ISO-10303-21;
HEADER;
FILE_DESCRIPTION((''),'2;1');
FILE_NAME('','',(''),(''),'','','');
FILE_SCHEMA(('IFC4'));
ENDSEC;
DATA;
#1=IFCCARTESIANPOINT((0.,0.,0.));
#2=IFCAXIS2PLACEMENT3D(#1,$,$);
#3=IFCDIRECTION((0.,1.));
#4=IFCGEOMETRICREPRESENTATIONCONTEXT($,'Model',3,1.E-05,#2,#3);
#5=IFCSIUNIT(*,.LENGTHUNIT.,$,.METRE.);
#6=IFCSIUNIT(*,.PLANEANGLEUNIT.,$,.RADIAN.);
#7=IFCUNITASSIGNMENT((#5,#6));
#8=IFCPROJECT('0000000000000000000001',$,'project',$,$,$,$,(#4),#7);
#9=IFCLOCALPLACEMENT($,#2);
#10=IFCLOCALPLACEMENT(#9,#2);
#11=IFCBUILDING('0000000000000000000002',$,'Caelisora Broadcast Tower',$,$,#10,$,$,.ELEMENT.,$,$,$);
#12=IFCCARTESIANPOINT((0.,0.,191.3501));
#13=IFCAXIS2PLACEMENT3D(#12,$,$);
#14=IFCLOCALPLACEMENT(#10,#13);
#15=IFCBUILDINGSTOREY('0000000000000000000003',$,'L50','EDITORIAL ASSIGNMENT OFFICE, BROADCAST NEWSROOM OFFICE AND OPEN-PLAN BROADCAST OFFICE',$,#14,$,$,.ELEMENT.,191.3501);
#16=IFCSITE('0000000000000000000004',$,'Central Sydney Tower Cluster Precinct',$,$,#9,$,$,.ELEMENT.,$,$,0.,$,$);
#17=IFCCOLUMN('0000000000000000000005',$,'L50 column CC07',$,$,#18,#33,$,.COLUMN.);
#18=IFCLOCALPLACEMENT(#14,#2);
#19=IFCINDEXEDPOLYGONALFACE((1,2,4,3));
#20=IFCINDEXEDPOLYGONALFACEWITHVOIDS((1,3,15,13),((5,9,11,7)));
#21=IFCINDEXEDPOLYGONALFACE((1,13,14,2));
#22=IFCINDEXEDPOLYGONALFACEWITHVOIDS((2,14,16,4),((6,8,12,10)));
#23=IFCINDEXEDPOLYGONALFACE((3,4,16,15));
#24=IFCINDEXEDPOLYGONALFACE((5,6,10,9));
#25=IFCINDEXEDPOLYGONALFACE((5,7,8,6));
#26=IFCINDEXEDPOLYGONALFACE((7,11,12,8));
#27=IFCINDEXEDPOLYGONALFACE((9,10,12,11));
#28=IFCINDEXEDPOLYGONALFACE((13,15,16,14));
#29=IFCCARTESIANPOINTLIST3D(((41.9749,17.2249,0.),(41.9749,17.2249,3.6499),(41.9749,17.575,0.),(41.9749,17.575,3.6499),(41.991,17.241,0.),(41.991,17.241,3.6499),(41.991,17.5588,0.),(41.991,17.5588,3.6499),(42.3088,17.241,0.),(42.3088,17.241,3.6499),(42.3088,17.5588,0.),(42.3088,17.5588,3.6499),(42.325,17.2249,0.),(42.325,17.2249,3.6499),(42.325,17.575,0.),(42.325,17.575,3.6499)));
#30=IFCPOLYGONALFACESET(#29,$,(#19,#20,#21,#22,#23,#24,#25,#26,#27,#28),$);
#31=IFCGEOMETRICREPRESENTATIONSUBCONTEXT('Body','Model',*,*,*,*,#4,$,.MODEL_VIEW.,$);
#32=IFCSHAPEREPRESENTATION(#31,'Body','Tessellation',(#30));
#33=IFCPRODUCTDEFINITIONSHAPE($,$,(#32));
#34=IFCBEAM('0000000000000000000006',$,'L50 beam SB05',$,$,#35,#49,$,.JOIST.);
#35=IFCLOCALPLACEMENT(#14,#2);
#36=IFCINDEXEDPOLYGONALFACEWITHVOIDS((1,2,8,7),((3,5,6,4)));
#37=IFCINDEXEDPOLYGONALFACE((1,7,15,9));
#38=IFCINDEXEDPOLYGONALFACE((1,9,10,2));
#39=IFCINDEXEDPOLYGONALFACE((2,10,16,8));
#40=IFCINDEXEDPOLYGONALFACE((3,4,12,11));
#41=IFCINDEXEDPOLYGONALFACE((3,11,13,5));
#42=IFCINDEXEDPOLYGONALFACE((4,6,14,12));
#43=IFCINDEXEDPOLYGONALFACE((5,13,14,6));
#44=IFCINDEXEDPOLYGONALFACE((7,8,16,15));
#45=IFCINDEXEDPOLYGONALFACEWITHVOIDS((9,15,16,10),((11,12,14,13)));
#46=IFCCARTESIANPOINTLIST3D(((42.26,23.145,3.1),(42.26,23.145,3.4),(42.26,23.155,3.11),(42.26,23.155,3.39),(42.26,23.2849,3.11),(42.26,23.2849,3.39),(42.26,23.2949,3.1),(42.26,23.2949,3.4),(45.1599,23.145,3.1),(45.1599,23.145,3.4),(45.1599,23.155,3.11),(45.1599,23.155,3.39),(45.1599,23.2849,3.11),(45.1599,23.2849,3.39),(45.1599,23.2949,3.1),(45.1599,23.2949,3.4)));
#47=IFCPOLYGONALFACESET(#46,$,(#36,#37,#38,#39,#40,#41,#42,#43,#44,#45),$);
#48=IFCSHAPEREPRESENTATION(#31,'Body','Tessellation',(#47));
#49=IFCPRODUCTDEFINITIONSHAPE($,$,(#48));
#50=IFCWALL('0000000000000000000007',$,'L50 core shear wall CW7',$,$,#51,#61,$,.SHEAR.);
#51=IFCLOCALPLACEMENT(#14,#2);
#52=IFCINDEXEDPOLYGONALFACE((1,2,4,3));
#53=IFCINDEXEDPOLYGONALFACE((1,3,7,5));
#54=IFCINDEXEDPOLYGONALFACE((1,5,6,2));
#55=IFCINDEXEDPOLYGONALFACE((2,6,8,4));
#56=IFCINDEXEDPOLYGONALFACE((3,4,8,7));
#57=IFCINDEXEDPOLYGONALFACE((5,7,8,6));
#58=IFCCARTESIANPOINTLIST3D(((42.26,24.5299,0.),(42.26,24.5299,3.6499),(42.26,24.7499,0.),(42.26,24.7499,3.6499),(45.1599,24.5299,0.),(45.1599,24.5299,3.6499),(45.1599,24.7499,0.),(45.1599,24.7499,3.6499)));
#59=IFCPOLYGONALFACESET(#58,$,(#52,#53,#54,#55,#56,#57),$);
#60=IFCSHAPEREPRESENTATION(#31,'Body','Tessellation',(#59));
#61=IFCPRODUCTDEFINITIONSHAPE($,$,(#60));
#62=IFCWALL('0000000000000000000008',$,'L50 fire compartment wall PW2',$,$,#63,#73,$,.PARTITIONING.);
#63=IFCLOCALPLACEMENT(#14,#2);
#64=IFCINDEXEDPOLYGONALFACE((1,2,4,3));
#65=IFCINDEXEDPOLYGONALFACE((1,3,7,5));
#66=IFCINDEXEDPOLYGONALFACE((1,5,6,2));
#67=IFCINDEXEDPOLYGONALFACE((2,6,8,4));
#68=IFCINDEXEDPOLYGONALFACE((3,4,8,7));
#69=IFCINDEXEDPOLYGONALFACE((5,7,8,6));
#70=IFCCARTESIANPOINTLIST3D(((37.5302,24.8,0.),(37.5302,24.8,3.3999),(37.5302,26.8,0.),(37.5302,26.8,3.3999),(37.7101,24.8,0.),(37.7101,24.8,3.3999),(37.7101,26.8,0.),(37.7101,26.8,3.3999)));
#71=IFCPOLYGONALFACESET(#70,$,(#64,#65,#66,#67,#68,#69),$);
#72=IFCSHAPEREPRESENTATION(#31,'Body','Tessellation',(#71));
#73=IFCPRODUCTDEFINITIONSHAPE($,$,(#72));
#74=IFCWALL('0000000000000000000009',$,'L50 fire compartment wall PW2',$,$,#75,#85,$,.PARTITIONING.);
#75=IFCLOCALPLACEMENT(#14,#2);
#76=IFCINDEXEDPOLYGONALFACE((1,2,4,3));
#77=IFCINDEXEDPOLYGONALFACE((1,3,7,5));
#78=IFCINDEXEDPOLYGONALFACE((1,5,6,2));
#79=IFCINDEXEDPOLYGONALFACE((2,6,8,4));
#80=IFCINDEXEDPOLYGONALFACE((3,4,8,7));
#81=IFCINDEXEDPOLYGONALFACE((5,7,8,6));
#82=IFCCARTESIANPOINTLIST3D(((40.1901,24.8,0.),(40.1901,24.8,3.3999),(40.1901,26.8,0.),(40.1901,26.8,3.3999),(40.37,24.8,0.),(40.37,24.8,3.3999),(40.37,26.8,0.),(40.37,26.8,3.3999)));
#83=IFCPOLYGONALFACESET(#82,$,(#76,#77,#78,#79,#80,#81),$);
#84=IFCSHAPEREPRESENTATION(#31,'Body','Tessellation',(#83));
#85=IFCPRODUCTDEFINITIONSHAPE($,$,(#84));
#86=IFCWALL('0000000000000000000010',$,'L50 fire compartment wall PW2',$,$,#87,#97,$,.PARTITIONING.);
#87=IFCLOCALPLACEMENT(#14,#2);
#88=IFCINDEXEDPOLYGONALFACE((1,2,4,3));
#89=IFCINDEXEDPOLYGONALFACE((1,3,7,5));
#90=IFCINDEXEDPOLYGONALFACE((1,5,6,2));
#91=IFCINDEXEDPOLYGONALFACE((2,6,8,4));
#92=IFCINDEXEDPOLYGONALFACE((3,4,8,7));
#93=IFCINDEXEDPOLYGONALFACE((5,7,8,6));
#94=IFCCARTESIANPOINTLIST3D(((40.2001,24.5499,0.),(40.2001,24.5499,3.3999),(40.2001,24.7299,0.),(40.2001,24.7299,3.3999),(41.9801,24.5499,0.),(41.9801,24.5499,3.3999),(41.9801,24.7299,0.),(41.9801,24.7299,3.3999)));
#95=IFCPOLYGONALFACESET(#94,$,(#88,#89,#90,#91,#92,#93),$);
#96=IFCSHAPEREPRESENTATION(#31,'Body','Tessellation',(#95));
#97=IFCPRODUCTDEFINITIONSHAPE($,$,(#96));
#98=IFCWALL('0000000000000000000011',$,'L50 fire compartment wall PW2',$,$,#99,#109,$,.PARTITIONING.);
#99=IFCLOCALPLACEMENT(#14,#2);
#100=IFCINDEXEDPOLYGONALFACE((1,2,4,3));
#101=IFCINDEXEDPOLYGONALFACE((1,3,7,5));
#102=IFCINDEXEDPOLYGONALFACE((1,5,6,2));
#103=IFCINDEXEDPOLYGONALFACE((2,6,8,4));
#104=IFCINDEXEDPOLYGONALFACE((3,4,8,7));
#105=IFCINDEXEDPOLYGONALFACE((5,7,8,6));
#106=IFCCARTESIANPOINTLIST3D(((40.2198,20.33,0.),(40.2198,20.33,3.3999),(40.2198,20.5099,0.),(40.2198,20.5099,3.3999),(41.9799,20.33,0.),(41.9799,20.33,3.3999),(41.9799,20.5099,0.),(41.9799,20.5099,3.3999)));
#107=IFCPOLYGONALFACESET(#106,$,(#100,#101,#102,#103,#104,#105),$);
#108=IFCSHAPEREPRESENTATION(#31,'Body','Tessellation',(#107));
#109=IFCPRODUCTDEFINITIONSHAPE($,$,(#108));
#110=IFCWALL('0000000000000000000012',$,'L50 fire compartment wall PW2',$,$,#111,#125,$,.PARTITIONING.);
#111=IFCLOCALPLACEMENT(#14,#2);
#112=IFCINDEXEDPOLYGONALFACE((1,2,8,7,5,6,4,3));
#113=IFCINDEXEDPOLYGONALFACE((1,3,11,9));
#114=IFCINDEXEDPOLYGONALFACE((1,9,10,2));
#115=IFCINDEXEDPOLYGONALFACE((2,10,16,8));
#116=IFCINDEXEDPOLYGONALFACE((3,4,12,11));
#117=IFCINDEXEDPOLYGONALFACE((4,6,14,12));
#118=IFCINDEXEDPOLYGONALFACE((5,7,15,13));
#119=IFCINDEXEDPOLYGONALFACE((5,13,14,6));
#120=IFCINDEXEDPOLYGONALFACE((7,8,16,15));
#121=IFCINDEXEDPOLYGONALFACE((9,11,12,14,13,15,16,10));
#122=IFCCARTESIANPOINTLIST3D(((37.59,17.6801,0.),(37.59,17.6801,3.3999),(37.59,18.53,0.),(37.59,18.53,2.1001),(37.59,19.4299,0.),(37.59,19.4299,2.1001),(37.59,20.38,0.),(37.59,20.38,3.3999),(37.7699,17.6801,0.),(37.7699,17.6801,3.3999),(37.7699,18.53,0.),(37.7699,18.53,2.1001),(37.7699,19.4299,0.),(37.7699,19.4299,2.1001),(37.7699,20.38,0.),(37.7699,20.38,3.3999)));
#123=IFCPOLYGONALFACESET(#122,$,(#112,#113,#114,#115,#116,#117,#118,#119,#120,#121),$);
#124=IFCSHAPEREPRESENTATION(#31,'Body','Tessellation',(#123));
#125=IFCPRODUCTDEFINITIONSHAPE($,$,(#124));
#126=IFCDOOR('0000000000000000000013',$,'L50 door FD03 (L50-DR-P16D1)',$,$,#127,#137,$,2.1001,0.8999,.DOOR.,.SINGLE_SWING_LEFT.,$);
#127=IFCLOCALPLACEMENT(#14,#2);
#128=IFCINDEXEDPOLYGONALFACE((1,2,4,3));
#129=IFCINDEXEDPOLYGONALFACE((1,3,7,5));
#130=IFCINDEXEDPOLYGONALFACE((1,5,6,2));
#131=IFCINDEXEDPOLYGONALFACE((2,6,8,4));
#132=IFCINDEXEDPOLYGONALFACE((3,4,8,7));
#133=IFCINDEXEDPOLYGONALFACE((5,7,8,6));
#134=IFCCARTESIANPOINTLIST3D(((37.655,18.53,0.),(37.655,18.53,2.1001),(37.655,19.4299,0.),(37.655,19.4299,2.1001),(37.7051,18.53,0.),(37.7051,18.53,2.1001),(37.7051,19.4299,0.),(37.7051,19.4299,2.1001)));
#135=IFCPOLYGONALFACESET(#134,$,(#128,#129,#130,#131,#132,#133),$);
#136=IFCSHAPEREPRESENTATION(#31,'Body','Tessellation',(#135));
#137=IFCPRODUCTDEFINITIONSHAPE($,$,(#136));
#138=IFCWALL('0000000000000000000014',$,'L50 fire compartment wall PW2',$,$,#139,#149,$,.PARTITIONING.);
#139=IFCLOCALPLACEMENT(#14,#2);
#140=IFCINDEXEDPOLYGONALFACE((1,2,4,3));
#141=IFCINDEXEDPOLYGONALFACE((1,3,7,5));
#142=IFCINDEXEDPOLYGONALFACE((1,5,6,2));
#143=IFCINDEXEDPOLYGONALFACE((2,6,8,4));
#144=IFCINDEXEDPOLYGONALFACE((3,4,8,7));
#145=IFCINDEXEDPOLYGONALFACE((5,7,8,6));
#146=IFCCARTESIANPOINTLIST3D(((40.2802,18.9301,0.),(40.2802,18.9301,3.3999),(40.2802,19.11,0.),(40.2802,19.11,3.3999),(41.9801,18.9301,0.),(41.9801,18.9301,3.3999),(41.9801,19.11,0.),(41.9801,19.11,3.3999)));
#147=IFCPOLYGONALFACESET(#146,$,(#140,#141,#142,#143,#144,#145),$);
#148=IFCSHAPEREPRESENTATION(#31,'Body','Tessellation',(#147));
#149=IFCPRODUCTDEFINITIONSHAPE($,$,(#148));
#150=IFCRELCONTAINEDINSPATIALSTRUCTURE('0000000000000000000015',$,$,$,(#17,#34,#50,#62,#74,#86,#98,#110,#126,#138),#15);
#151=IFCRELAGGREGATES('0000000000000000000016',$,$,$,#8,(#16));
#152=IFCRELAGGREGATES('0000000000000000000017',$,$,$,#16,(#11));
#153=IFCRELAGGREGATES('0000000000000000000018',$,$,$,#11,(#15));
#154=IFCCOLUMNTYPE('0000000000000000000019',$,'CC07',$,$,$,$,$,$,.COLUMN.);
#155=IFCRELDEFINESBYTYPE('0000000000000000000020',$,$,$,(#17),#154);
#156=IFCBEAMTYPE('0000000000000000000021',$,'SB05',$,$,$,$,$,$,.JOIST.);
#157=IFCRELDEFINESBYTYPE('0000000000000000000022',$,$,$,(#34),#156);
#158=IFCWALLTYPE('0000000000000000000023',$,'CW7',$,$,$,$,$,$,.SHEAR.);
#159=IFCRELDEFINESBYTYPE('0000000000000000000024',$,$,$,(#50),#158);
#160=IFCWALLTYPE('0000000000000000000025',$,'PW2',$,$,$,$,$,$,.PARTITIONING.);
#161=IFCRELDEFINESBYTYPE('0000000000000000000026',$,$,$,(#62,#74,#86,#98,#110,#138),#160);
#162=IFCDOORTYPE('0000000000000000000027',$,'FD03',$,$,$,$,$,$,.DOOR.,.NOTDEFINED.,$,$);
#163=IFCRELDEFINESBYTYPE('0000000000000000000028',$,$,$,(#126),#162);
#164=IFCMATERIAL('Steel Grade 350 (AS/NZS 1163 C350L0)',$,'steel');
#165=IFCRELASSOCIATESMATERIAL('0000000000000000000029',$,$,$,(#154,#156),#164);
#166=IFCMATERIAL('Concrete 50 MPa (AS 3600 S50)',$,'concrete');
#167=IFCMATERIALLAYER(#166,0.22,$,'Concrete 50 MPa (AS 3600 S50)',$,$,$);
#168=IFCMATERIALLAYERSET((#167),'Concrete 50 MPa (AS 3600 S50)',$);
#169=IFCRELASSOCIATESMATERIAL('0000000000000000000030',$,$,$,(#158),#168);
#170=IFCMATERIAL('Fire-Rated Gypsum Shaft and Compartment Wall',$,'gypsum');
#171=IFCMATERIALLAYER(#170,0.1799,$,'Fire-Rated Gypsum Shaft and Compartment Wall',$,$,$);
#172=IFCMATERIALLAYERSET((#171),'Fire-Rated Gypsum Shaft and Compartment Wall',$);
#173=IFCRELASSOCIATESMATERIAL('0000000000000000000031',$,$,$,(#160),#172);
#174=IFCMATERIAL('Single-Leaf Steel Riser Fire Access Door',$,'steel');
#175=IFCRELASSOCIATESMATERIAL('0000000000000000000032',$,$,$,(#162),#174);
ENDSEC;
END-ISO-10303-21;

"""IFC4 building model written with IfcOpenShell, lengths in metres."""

from ifc_helpers import new_model, si_unit, direction, frame, frame_2d, origin, origin_2d, place, context, subcontext, project, spatial, rectangle, hollow_rectangle, extrude, source, transform, mapped, material, layer, layer_set, material_profile, profile_set, type_object, type_shapes, element, fill, save


model = new_model("IFC4")

# Units and contexts
model_context = context("Model", 3, precision=1e-05, world=origin(), true_north=direction((0.0, 1.0)))
body_context = subcontext(model_context, "Body", "Model", "MODEL_VIEW")
ifc_project = project(units=[si_unit("LENGTHUNIT", "METRE"), si_unit("PLANEANGLEUNIT", "RADIAN")], contexts=[model_context])

# Site, building, storey
site_placement = place(None, origin())
site = spatial("IfcSite", under=ifc_project, at=site_placement, Name="Central Sydney Tower Cluster Precinct", CompositionType="ELEMENT", RefElevation=0.0)
building_placement = place(site_placement, origin())
building = spatial("IfcBuilding", under=site, at=building_placement, Name="Caelisora Broadcast Tower", CompositionType="ELEMENT")
storey_placement = place(building_placement, frame((0.0, 0.0, 191.3501)))
storey = spatial("IfcBuildingStorey", under=building, at=storey_placement, Name="L50", Description="EDITORIAL ASSIGNMENT OFFICE, BROADCAST NEWSROOM OFFICE AND OPEN-PLAN BROADCAST OFFICE", CompositionType="ELEMENT", Elevation=191.3501)

# Column
ifc_material_1 = material(Name="Steel Grade 350 (AS/NZS 1163 C350L0)", Category="steel")
ifc_material_profile_1 = material_profile(ifc_material_1, hollow_rectangle(XDim=0.3501, YDim=0.3501, WallThickness=0.0161, at=origin_2d()), Name="Steel Grade 350 (AS/NZS 1163 C350L0)")
ifc_profile_set_1 = profile_set([ifc_material_profile_1], Name="Steel Grade 350 (AS/NZS 1163 C350L0)")
column_type = type_object("IfcColumnType", Name="CC07", PredefinedType="COLUMN", material=ifc_profile_set_1)
shared_shape_1 = source(origin(), body_context, "Body", "SweptSolid", [
    extrude(hollow_rectangle(XDim=0.3501, YDim=0.3501, WallThickness=0.0161, at=origin_2d()), origin(), (0.0, 0.0, 1.0), 3.6499),
])
type_shapes(column_type, [shared_shape_1])
column_placement = place(storey_placement, frame((42.1499, 17.3999, 0.0), z_axis=(0.0, 0.0, 1.0), x_axis=(1.0, 0.0, 0.0)))
element("IfcColumn", 1, at=column_placement, inside=storey, type_object=column_type, Name="L50 column CC07", PredefinedType="COLUMN", context=body_context, shape_type="MappedRepresentation", body=[
    mapped(shared_shape_1, transform((0.0, 0.0, 0.0), scale=1.0)),
])

# Beam
ifc_material_profile_2 = material_profile(ifc_material_1, hollow_rectangle(XDim=0.1499, YDim=0.3, WallThickness=0.01, at=origin_2d()), Name="Steel Grade 350 (AS/NZS 1163 C350L0)")
ifc_profile_set_2 = profile_set([ifc_material_profile_2], Name="Steel Grade 350 (AS/NZS 1163 C350L0)")
beam_type = type_object("IfcBeamType", Name="SB05", PredefinedType="JOIST", material=ifc_profile_set_2)
shared_shape_2 = source(origin(), body_context, "Body", "SweptSolid", [
    extrude(hollow_rectangle(XDim=0.1499, YDim=0.3, WallThickness=0.01, at=origin_2d()), origin(), (0.0, 0.0, 1.0), 2.8999),
])
type_shapes(beam_type, [shared_shape_2])
beam_placement = place(storey_placement, frame((42.26, 23.22, 3.25), z_axis=(1.0, 0.0, 0.0), x_axis=(0.0, 1.0, 0.0)))
element("IfcBeam", 2, at=beam_placement, inside=storey, type_object=beam_type, Name="L50 beam SB05", PredefinedType="JOIST", context=body_context, shape_type="MappedRepresentation", body=[
    mapped(shared_shape_2, transform((0.0, 0.0, 0.0), scale=1.0)),
])

# Walls
ifc_material_2 = material(Name="Concrete 50 MPa (AS 3600 S50)", Category="concrete")
ifc_layer_1 = layer(ifc_material_2, 0.22, Name="Concrete 50 MPa (AS 3600 S50)")
ifc_layer_set_1 = layer_set([ifc_layer_1], Name="Concrete 50 MPa (AS 3600 S50)")
wall_type_1 = type_object("IfcWallType", Name="CW7", PredefinedType="SHEAR", material=ifc_layer_set_1)
wall_1_placement = place(storey_placement, frame((42.26, 24.6399, 0.0), z_axis=(0.0, 0.0, 1.0), x_axis=(1.0, 0.0, 0.0)))
element("IfcWall", 3, at=wall_1_placement, inside=storey, type_object=wall_type_1, Name="L50 core shear wall CW7", PredefinedType="SHEAR", context=body_context, shape_type="SweptSolid", body=[
    extrude(rectangle(XDim=2.8999, YDim=0.22, at=frame_2d((1.45, 0.0))), origin(), (0.0, 0.0, 1.0), 3.6499),
])
ifc_material_3 = material(Name="Fire-Rated Gypsum Shaft and Compartment Wall", Category="gypsum")
ifc_layer_2 = layer(ifc_material_3, 0.1799, Name="Fire-Rated Gypsum Shaft and Compartment Wall")
ifc_layer_set_2 = layer_set([ifc_layer_2], Name="Fire-Rated Gypsum Shaft and Compartment Wall")
wall_type_2 = type_object("IfcWallType", Name="PW2", PredefinedType="PARTITIONING", material=ifc_layer_set_2)
for number, where, z_axis, x_axis, name in (
    (4, (37.6201, 24.8, 0.0), (0.0, 0.0, 1.0), (0.0, 1.0, 0.0), "L50 fire compartment wall PW2"),
    (5, (40.28, 24.8, 0.0), (0.0, 0.0, 1.0), (0.0, 1.0, 0.0), "L50 fire compartment wall PW2"),
):
    element("IfcWall", number, at=place(storey_placement, frame(where, z_axis=z_axis, x_axis=x_axis)), inside=storey, type_object=wall_type_2, Name=name, PredefinedType="PARTITIONING", context=body_context, shape_type="SweptSolid", body=[
        extrude(rectangle(XDim=2.0, YDim=0.1799, at=frame_2d((1.0, 0.0))), origin(), (0.0, 0.0, 1.0), 3.3999),
    ])
wall_2_placement = place(storey_placement, frame((40.2, 24.6399, 0.0), z_axis=(0.0, 0.0, 1.0), x_axis=(1.0, 0.0, 0.0)))
element("IfcWall", 6, at=wall_2_placement, inside=storey, type_object=wall_type_2, Name="L50 fire compartment wall PW2", PredefinedType="PARTITIONING", context=body_context, shape_type="SweptSolid", body=[
    extrude(rectangle(XDim=1.78, YDim=0.1799, at=frame_2d((0.8901, 0.0))), origin(), (0.0, 0.0, 1.0), 3.3999),
])
wall_3_placement = place(storey_placement, frame((40.22, 20.4199, 0.0), z_axis=(0.0, 0.0, 1.0), x_axis=(1.0, 0.0, 0.0)))
element("IfcWall", 7, at=wall_3_placement, inside=storey, type_object=wall_type_2, Name="L50 fire compartment wall PW2", PredefinedType="PARTITIONING", context=body_context, shape_type="SweptSolid", body=[
    extrude(rectangle(XDim=1.76, YDim=0.1799, at=frame_2d((0.8799, 0.0))), origin(), (0.0, 0.0, 1.0), 3.3999),
])

# Wall, opening, door
wall_4_placement = place(storey_placement, frame((37.6799, 17.6799, 0.0), z_axis=(0.0, 0.0, 1.0), x_axis=(0.0, 1.0, 0.0)))
wall_4 = element("IfcWall", 8, at=wall_4_placement, inside=storey, type_object=wall_type_2, Name="L50 fire compartment wall PW2", PredefinedType="PARTITIONING", context=body_context, shape_type="SweptSolid", body=[
    extrude(rectangle(XDim=2.7, YDim=0.1799, at=frame_2d((1.3501, 0.0))), origin(), (0.0, 0.0, 1.0), 3.3999),
])
opening_1_placement = place(wall_4_placement, frame((0.8501, 0.0, 0.0)))
opening_1 = element("IfcOpeningElement", 9, at=opening_1_placement, cuts=wall_4, PredefinedType="OPENING", context=body_context, shape_type="SweptSolid", body=[
    extrude(rectangle(XDim=0.8999, YDim=2.1001, at=frame_2d((0.45, 1.05))), frame((0.0, 0.1021, 0.0), z_axis=(0.0, -1.0, 0.0), x_axis=(1.0, 0.0, 0.0)), (0.0, 0.0, 1.0), 0.2039),
])
ifc_material_4 = material(Name="Single-Leaf Steel Riser Fire Access Door", Category="steel")
door_type = type_object("IfcDoorType", Name="FD03", OperationType="NOTDEFINED", PredefinedType="DOOR", material=ifc_material_4)
door_1_placement = place(opening_1_placement, origin())
door_1 = element("IfcDoor", 10, at=door_1_placement, inside=storey, type_object=door_type, Name="L50 door FD03 (L50-DR-P16D1)", OperationType="SINGLE_SWING_LEFT", OverallHeight=2.1001, OverallWidth=0.8999, PredefinedType="DOOR", context=body_context, shape_type="SweptSolid", body=[
    extrude(rectangle(XDim=0.8999, YDim=2.1001, at=frame_2d((0.45, 1.05))), frame((0.0, 0.0249, 0.0), z_axis=(0.0, -1.0, 0.0), x_axis=(1.0, 0.0, 0.0)), (0.0, 0.0, 1.0), 0.05),
])
fill(opening_1, door_1)

# Wall
wall_5_placement = place(storey_placement, frame((40.28, 19.02, 0.0), z_axis=(0.0, 0.0, 1.0), x_axis=(1.0, 0.0, 0.0)))
element("IfcWall", 11, at=wall_5_placement, inside=storey, type_object=wall_type_2, Name="L50 fire compartment wall PW2", PredefinedType="PARTITIONING", context=body_context, shape_type="SweptSolid", body=[
    extrude(rectangle(XDim=1.7, YDim=0.1799, at=frame_2d((0.8501, 0.0))), origin(), (0.0, 0.0, 1.0), 3.3999),
])

save(model, "model.ifc")
